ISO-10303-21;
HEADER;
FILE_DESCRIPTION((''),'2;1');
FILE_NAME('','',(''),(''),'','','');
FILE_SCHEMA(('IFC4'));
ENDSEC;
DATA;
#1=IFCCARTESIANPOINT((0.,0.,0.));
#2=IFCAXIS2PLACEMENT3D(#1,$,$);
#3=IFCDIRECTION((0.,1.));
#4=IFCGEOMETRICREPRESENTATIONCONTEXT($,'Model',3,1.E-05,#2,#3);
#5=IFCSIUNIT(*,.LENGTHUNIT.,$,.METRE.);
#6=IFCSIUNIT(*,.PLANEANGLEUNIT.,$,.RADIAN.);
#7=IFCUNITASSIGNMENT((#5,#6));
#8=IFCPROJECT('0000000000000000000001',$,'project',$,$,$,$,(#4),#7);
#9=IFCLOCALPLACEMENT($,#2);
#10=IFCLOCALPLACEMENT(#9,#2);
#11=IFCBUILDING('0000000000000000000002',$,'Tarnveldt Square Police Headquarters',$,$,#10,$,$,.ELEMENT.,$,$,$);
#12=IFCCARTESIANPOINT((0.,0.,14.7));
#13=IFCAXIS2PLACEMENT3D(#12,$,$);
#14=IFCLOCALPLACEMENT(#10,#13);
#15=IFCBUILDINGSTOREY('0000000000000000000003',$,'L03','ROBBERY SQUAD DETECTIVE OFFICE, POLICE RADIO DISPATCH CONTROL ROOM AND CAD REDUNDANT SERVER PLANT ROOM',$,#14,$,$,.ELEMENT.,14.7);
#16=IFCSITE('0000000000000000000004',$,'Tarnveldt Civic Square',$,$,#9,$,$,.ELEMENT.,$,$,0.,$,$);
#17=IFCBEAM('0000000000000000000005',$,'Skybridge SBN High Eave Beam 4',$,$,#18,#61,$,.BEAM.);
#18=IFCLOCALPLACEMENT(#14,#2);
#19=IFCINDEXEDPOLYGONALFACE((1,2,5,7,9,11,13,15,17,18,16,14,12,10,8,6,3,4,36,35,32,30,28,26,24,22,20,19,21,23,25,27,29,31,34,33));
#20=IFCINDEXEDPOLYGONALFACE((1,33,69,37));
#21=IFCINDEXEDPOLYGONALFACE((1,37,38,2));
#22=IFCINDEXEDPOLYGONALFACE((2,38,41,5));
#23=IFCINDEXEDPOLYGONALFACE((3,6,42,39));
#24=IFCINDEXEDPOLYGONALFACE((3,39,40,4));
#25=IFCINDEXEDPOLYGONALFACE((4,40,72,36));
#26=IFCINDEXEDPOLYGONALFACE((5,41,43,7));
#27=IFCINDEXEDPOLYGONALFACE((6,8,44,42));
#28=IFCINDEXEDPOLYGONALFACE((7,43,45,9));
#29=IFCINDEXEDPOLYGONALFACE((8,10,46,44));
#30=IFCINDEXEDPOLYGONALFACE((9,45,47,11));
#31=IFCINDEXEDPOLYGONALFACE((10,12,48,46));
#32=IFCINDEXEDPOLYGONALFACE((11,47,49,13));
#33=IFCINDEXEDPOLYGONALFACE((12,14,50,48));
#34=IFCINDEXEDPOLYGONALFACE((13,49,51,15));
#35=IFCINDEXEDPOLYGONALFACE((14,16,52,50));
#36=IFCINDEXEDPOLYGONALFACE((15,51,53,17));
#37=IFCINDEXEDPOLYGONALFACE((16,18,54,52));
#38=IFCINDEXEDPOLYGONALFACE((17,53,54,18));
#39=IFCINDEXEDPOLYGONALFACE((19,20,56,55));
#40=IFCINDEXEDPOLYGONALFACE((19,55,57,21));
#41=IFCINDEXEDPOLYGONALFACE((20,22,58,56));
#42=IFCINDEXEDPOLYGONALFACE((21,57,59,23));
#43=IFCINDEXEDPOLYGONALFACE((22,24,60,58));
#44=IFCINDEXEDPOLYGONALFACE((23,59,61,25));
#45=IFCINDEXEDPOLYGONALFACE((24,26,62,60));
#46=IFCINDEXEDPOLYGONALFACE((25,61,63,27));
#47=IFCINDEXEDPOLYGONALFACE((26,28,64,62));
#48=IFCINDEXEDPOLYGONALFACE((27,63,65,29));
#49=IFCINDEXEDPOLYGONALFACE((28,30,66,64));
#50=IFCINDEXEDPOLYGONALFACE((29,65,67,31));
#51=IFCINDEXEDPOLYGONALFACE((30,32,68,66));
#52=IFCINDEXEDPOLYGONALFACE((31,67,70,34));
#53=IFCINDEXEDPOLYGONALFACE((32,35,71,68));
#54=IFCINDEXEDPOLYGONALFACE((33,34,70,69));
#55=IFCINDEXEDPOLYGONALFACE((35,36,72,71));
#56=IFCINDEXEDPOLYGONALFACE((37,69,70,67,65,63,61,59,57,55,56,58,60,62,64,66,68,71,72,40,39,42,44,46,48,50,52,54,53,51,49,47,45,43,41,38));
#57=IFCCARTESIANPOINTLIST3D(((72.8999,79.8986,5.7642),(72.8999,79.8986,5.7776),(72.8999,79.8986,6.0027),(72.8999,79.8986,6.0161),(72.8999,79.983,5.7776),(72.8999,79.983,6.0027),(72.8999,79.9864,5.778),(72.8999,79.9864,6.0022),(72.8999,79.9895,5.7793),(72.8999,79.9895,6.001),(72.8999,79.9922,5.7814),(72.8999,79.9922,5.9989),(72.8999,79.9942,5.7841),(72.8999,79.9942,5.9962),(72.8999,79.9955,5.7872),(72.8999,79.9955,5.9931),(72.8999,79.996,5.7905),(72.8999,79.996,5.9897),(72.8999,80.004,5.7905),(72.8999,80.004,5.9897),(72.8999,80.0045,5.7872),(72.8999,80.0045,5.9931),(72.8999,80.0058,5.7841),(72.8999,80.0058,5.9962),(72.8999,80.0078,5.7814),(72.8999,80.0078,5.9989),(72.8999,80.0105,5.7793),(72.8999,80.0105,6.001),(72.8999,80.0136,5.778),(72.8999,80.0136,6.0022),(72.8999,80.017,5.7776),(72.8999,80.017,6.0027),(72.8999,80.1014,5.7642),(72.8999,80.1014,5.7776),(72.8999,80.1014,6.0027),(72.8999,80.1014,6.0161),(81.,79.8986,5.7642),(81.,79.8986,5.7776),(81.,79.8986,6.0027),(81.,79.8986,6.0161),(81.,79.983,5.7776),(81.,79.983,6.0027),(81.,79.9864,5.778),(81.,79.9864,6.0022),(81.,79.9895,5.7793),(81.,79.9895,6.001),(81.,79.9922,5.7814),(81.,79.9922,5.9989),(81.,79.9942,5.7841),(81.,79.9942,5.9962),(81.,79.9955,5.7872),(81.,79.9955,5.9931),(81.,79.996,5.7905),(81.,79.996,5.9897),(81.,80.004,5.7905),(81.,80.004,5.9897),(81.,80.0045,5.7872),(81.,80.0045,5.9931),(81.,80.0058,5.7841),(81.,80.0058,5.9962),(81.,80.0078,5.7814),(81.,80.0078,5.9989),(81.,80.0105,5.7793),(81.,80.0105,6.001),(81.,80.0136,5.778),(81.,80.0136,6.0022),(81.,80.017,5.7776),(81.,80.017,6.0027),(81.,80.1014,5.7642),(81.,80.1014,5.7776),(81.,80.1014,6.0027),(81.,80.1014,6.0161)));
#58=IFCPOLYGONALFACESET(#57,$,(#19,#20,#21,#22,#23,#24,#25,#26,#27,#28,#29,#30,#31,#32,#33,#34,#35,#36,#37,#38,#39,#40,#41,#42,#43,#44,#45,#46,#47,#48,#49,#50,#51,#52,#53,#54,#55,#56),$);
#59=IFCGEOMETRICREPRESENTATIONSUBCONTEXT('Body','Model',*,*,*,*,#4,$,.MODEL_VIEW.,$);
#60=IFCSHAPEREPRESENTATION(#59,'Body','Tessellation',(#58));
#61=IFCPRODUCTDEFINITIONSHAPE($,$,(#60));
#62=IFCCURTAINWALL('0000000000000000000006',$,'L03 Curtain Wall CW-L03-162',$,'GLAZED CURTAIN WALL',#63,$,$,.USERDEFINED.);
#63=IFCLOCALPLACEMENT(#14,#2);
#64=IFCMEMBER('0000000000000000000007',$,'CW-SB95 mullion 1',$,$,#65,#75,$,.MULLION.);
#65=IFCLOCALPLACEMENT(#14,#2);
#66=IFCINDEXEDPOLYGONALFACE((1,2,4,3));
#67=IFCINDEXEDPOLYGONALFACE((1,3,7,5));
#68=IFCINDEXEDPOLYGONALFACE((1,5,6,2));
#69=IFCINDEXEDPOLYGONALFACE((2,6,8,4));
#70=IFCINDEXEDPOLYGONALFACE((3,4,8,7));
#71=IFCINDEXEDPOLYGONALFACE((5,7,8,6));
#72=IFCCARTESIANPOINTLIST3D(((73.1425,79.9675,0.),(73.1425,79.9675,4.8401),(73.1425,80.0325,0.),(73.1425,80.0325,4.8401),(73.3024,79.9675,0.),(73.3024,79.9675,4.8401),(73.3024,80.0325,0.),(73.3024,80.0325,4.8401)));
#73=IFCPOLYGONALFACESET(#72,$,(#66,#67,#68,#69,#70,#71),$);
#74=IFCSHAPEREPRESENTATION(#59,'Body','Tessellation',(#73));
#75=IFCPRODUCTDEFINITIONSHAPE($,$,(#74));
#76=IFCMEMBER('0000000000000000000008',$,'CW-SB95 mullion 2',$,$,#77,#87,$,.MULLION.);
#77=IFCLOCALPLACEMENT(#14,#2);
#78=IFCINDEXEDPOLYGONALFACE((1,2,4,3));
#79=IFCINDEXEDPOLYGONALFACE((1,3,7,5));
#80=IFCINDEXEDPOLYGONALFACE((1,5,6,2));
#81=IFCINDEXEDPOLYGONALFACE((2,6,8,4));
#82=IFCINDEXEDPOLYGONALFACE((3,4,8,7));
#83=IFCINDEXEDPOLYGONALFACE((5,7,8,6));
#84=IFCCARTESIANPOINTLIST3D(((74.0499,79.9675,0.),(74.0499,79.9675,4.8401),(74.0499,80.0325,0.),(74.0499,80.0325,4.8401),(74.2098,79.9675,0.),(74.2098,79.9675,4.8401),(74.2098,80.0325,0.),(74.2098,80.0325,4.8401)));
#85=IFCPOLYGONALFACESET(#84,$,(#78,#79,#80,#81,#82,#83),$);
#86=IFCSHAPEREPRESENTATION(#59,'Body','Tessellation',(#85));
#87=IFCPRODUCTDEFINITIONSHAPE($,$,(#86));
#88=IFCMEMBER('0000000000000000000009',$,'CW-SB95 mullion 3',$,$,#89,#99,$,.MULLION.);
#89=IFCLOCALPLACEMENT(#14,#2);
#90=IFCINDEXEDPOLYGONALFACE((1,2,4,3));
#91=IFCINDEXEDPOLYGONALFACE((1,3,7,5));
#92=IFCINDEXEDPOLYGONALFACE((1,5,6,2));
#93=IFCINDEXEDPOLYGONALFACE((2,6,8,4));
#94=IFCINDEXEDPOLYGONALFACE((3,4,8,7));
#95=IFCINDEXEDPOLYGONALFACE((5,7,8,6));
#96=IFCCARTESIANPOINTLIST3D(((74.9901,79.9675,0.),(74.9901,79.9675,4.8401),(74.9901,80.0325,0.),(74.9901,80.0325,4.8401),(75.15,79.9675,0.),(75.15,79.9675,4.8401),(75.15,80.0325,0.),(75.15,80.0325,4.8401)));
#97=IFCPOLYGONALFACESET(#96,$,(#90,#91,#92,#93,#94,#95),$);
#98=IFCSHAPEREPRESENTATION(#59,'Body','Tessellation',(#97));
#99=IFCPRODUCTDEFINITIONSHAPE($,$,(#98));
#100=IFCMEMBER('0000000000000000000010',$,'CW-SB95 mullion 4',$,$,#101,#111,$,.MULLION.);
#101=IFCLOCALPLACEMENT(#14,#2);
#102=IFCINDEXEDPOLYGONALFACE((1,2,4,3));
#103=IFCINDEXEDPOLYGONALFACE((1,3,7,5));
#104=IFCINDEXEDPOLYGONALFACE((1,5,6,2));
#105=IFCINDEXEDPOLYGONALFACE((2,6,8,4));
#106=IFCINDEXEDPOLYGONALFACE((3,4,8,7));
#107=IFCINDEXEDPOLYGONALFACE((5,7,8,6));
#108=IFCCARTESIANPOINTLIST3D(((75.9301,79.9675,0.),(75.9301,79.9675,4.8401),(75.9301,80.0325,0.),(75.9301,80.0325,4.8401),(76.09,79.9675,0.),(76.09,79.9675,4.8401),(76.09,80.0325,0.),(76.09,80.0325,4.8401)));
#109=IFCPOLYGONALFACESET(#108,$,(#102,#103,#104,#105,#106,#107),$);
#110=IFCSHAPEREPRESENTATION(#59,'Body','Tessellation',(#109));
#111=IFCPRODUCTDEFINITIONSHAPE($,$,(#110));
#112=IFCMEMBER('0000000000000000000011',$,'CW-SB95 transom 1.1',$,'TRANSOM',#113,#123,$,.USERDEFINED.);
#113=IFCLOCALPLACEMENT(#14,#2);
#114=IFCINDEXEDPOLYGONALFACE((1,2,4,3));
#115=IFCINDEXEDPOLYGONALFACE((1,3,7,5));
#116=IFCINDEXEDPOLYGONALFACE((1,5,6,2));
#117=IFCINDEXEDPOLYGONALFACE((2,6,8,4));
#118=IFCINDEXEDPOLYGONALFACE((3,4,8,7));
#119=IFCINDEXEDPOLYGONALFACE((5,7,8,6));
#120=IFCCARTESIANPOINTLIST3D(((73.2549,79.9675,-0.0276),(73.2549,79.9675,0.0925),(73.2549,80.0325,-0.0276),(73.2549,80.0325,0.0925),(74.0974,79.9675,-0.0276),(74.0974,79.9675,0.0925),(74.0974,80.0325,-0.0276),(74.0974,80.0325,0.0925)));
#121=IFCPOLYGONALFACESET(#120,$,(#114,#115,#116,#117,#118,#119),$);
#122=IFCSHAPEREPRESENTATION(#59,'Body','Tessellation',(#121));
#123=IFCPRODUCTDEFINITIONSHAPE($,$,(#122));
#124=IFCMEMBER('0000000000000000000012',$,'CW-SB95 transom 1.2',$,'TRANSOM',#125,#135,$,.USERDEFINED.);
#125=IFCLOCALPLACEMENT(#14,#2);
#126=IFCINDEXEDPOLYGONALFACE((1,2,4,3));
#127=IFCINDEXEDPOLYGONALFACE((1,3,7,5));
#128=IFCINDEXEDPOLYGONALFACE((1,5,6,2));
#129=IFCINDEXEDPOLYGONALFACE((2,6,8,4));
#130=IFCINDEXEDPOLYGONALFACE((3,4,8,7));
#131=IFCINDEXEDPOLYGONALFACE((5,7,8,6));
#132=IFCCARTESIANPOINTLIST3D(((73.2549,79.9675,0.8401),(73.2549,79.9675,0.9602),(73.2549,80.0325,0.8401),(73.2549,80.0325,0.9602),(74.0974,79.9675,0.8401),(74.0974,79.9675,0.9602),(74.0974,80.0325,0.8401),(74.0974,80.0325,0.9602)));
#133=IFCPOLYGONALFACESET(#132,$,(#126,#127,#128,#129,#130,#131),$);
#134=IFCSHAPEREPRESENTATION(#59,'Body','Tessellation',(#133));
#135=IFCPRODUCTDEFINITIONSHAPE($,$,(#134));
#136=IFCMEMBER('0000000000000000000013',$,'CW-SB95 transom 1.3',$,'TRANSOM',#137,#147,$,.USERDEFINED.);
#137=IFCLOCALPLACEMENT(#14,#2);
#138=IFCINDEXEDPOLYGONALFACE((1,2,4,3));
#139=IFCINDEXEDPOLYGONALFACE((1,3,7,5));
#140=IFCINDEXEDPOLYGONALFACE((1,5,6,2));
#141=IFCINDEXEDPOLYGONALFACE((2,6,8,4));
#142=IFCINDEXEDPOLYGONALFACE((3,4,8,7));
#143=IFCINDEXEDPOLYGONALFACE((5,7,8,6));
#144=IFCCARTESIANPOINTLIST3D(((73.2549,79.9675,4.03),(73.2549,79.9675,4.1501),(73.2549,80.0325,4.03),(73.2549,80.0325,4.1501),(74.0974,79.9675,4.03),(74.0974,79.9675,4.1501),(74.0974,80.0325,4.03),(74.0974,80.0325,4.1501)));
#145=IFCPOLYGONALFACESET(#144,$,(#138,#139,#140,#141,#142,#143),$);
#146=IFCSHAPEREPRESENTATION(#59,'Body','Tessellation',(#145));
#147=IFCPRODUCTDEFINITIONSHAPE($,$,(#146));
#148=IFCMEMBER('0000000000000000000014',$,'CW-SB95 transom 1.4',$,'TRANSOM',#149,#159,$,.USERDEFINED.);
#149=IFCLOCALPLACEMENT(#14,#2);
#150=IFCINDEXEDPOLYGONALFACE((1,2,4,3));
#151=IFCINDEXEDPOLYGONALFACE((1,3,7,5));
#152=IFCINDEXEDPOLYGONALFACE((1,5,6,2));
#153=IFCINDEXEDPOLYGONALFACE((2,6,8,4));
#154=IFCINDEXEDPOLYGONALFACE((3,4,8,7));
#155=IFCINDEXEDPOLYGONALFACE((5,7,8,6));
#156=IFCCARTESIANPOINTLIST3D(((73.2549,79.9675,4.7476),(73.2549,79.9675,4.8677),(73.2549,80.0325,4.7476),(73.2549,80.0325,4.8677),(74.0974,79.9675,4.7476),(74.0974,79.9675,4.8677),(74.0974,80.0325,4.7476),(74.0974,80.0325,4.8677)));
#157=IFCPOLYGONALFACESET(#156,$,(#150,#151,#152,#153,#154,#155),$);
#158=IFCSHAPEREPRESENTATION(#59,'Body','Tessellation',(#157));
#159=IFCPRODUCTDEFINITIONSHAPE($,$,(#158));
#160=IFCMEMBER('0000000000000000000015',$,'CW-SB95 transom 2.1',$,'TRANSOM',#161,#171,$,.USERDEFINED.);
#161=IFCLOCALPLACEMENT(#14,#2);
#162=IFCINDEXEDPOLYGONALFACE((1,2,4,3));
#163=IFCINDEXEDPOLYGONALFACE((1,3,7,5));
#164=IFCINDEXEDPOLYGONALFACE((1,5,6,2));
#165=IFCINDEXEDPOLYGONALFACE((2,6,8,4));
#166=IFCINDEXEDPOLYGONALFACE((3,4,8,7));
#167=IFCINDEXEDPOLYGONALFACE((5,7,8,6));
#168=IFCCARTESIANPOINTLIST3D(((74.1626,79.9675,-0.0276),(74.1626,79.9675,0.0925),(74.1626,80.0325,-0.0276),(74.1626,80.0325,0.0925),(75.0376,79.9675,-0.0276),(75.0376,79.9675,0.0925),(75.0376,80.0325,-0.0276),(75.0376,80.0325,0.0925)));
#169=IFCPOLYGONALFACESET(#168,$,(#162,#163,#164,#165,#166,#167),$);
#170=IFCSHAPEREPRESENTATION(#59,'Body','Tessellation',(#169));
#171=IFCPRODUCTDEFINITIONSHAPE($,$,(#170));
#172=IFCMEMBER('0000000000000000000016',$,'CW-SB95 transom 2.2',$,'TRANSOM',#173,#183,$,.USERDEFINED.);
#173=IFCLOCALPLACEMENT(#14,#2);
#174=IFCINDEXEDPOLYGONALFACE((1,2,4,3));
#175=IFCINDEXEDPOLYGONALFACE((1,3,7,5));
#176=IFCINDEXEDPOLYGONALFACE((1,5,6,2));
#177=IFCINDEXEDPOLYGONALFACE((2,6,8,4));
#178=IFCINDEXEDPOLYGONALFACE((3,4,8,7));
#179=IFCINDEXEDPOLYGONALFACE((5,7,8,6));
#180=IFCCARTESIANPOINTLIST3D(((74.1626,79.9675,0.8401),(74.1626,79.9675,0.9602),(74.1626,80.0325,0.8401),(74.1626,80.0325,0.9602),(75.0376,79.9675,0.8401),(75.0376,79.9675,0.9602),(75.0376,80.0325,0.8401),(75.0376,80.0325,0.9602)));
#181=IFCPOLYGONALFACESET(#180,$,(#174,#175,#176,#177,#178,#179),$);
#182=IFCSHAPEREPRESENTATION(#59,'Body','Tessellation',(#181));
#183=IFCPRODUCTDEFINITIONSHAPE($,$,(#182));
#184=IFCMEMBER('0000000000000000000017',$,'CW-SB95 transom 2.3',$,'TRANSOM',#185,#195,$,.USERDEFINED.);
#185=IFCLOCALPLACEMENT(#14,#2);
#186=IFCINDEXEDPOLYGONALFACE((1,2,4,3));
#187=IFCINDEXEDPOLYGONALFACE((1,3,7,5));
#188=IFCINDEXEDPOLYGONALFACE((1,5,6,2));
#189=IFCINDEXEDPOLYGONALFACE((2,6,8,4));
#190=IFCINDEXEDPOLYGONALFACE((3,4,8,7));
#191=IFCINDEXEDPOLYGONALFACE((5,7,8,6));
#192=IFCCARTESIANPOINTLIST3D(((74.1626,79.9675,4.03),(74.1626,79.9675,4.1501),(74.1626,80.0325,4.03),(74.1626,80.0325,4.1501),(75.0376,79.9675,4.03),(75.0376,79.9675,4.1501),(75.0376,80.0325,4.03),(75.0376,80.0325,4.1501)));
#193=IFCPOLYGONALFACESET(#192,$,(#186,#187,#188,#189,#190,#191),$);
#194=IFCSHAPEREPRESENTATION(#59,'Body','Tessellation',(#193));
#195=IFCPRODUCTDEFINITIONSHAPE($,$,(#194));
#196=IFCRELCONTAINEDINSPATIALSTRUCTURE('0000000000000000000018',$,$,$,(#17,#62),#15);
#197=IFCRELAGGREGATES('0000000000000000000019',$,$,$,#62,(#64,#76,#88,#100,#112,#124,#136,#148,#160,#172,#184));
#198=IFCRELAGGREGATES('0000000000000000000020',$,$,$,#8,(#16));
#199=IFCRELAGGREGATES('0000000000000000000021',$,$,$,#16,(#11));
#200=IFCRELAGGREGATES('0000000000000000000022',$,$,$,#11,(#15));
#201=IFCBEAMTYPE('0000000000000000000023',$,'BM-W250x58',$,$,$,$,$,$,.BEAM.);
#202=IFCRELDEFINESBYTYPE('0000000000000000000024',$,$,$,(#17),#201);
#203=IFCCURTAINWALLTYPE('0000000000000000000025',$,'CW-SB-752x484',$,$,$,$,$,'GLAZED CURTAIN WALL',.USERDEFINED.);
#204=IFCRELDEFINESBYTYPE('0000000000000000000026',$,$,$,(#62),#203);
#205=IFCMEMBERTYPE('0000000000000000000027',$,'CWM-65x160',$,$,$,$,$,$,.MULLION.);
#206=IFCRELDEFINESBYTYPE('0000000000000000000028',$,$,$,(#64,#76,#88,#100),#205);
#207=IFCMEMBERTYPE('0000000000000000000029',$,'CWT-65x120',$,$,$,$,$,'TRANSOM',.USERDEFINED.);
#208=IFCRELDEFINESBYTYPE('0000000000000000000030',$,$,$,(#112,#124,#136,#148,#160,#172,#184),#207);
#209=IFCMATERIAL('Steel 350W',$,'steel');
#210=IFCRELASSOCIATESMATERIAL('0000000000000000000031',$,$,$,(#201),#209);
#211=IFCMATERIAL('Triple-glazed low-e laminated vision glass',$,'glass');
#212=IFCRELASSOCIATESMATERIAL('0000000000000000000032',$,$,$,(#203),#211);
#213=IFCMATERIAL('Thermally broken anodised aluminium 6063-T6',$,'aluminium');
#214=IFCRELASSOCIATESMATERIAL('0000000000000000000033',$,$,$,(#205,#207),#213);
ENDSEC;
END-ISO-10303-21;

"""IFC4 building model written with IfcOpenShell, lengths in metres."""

from ifc_helpers import new_model, si_unit, direction, frame, origin, origin_2d, place, context, subcontext, project, spatial, rectangle, i_section, extrude, material, material_profile, profile_set, type_object, element, aggregate, save


model = new_model("IFC4")

# Units and contexts
model_context = context("Model", 3, precision=1e-05, world=origin(), true_north=direction((0.0, 1.0)))
body_context = subcontext(model_context, "Body", "Model", "MODEL_VIEW")
ifc_project = project(units=[si_unit("LENGTHUNIT", "METRE"), si_unit("PLANEANGLEUNIT", "RADIAN")], contexts=[model_context])

# Site, building, storey
site_placement = place(None, origin())
site = spatial("IfcSite", under=ifc_project, at=site_placement, Name="Tarnveldt Civic Square", CompositionType="ELEMENT", RefElevation=0.0)
building_placement = place(site_placement, origin())
building = spatial("IfcBuilding", under=site, at=building_placement, Name="Tarnveldt Square Police Headquarters", CompositionType="ELEMENT")
storey_placement = place(building_placement, frame((0.0, 0.0, 14.7)))
storey = spatial("IfcBuildingStorey", under=building, at=storey_placement, Name="L03", Description="ROBBERY SQUAD DETECTIVE OFFICE, POLICE RADIO DISPATCH CONTROL ROOM AND CAD REDUNDANT SERVER PLANT ROOM", CompositionType="ELEMENT", Elevation=14.7)

# Beam
ifc_material_1 = material(Name="Steel 350W", Category="steel")
ifc_material_profile_1 = material_profile(ifc_material_1, i_section(OverallWidth=0.2029, OverallDepth=0.252, WebThickness=0.0081, FlangeThickness=0.0134, FilletRadius=0.0129, at=origin_2d()), Name="W250x58")
ifc_profile_set_1 = profile_set([ifc_material_profile_1], Name="Steel 350W")
beam_type = type_object("IfcBeamType", Name="BM-W250x58", PredefinedType="BEAM", material=ifc_profile_set_1)
beam_placement = place(storey_placement, frame((72.8999, 80.0, 5.8901), z_axis=(1.0, 0.0, 0.0), x_axis=(0.0, 1.0, 0.0)))
element("IfcBeam", 1, at=beam_placement, inside=storey, type_object=beam_type, Name="Skybridge SBN High Eave Beam 4", PredefinedType="BEAM", context=body_context, shape_type="SweptSolid", body=[
    extrude(i_section(OverallWidth=0.2029, OverallDepth=0.252, WebThickness=0.0081, FlangeThickness=0.0134, FilletRadius=0.0129, at=origin_2d()), origin(), (0.0, 0.0, 1.0), 8.1001),
])

# Curtain wall, members
ifc_material_2 = material(Name="Triple-glazed low-e laminated vision glass", Category="glass")
curtain_wall_type = type_object("IfcCurtainWallType", Name="CW-SB-752x484", ElementType="GLAZED CURTAIN WALL", PredefinedType="USERDEFINED", material=ifc_material_2)
curtain_wall_placement = place(storey_placement, origin())
curtain_wall = element("IfcCurtainWall", 2, at=curtain_wall_placement, inside=storey, type_object=curtain_wall_type, Name="L03 Curtain Wall CW-L03-162", ObjectType="GLAZED CURTAIN WALL", PredefinedType="USERDEFINED")
ifc_material_3 = material(Name="Thermally broken anodised aluminium 6063-T6", Category="aluminium")
ifc_material_profile_2 = material_profile(ifc_material_3, rectangle(XDim=0.0649, YDim=0.1599, at=origin_2d()), Name="CW-M65x160")
ifc_profile_set_2 = profile_set([ifc_material_profile_2], Name="Thermally broken anodised aluminium 6063-T6")
member_type_1 = type_object("IfcMemberType", Name="CWM-65x160", PredefinedType="MULLION", material=ifc_profile_set_2)
member_1_placement = place(storey_placement, frame((73.2224, 80.0, 0.0), z_axis=(0.0, 0.0, 1.0), x_axis=(0.0, 1.0, 0.0)))
member_1 = element("IfcMember", 3, at=member_1_placement, type_object=member_type_1, Name="CW-SB95 mullion 1", PredefinedType="MULLION", context=body_context, shape_type="SweptSolid", body=[
    extrude(rectangle(XDim=0.0649, YDim=0.1599, at=origin_2d()), origin(), (0.0, 0.0, 1.0), 4.8401),
])
member_2_placement = place(storey_placement, frame((74.1299, 80.0, 0.0), z_axis=(0.0, 0.0, 1.0), x_axis=(0.0, 1.0, 0.0)))
member_2 = element("IfcMember", 4, at=member_2_placement, type_object=member_type_1, Name="CW-SB95 mullion 2", PredefinedType="MULLION", context=body_context, shape_type="SweptSolid", body=[
    extrude(rectangle(XDim=0.0649, YDim=0.1599, at=origin_2d()), origin(), (0.0, 0.0, 1.0), 4.8401),
])
member_3_placement = place(storey_placement, frame((75.0701, 80.0, 0.0), z_axis=(0.0, 0.0, 1.0), x_axis=(0.0, 1.0, 0.0)))
member_3 = element("IfcMember", 5, at=member_3_placement, type_object=member_type_1, Name="CW-SB95 mullion 3", PredefinedType="MULLION", context=body_context, shape_type="SweptSolid", body=[
    extrude(rectangle(XDim=0.0649, YDim=0.1599, at=origin_2d()), origin(), (0.0, 0.0, 1.0), 4.8401),
])
member_4_placement = place(storey_placement, frame((76.01, 80.0, 0.0), z_axis=(0.0, 0.0, 1.0), x_axis=(0.0, 1.0, 0.0)))
member_4 = element("IfcMember", 6, at=member_4_placement, type_object=member_type_1, Name="CW-SB95 mullion 4", PredefinedType="MULLION", context=body_context, shape_type="SweptSolid", body=[
    extrude(rectangle(XDim=0.0649, YDim=0.1599, at=origin_2d()), origin(), (0.0, 0.0, 1.0), 4.8401),
])
ifc_material_profile_3 = material_profile(ifc_material_3, rectangle(XDim=0.0649, YDim=0.1201, at=origin_2d()), Name="CW-T65x120")
ifc_profile_set_3 = profile_set([ifc_material_profile_3], Name="Thermally broken anodised aluminium 6063-T6")
member_type_2 = type_object("IfcMemberType", Name="CWT-65x120", ElementType="TRANSOM", PredefinedType="USERDEFINED", material=ifc_profile_set_3)
member_5_placement = place(storey_placement, frame((73.2549, 80.0, 0.0325), z_axis=(1.0, 0.0, 0.0), x_axis=(0.0, 1.0, 0.0)))
member_5 = element("IfcMember", 7, at=member_5_placement, type_object=member_type_2, Name="CW-SB95 transom 1.1", ObjectType="TRANSOM", PredefinedType="USERDEFINED", context=body_context, shape_type="SweptSolid", body=[
    extrude(rectangle(XDim=0.0649, YDim=0.1201, at=origin_2d()), origin(), (0.0, 0.0, 1.0), 0.8425),
])
member_6_placement = place(storey_placement, frame((73.2549, 80.0, 0.9001), z_axis=(1.0, 0.0, 0.0), x_axis=(0.0, 1.0, 0.0)))
member_6 = element("IfcMember", 8, at=member_6_placement, type_object=member_type_2, Name="CW-SB95 transom 1.2", ObjectType="TRANSOM", PredefinedType="USERDEFINED", context=body_context, shape_type="SweptSolid", body=[
    extrude(rectangle(XDim=0.0649, YDim=0.1201, at=origin_2d()), origin(), (0.0, 0.0, 1.0), 0.8425),
])
member_7_placement = place(storey_placement, frame((73.2549, 80.0, 4.0901), z_axis=(1.0, 0.0, 0.0), x_axis=(0.0, 1.0, 0.0)))
member_7 = element("IfcMember", 9, at=member_7_placement, type_object=member_type_2, Name="CW-SB95 transom 1.3", ObjectType="TRANSOM", PredefinedType="USERDEFINED", context=body_context, shape_type="SweptSolid", body=[
    extrude(rectangle(XDim=0.0649, YDim=0.1201, at=origin_2d()), origin(), (0.0, 0.0, 1.0), 0.8425),
])
member_8_placement = place(storey_placement, frame((73.2549, 80.0, 4.8076), z_axis=(1.0, 0.0, 0.0), x_axis=(0.0, 1.0, 0.0)))
member_8 = element("IfcMember", 10, at=member_8_placement, type_object=member_type_2, Name="CW-SB95 transom 1.4", ObjectType="TRANSOM", PredefinedType="USERDEFINED", context=body_context, shape_type="SweptSolid", body=[
    extrude(rectangle(XDim=0.0649, YDim=0.1201, at=origin_2d()), origin(), (0.0, 0.0, 1.0), 0.8425),
])
member_9_placement = place(storey_placement, frame((74.1626, 80.0, 0.0325), z_axis=(1.0, 0.0, 0.0), x_axis=(0.0, 1.0, 0.0)))
member_9 = element("IfcMember", 11, at=member_9_placement, type_object=member_type_2, Name="CW-SB95 transom 2.1", ObjectType="TRANSOM", PredefinedType="USERDEFINED", context=body_context, shape_type="SweptSolid", body=[
    extrude(rectangle(XDim=0.0649, YDim=0.1201, at=origin_2d()), origin(), (0.0, 0.0, 1.0), 0.875),
])
member_10_placement = place(storey_placement, frame((74.1626, 80.0, 0.9001), z_axis=(1.0, 0.0, 0.0), x_axis=(0.0, 1.0, 0.0)))
member_10 = element("IfcMember", 12, at=member_10_placement, type_object=member_type_2, Name="CW-SB95 transom 2.2", ObjectType="TRANSOM", PredefinedType="USERDEFINED", context=body_context, shape_type="SweptSolid", body=[
    extrude(rectangle(XDim=0.0649, YDim=0.1201, at=origin_2d()), origin(), (0.0, 0.0, 1.0), 0.875),
])
member_11_placement = place(storey_placement, frame((74.1626, 80.0, 4.0901), z_axis=(1.0, 0.0, 0.0), x_axis=(0.0, 1.0, 0.0)))
member_11 = element("IfcMember", 13, at=member_11_placement, type_object=member_type_2, Name="CW-SB95 transom 2.3", ObjectType="TRANSOM", PredefinedType="USERDEFINED", context=body_context, shape_type="SweptSolid", body=[
    extrude(rectangle(XDim=0.0649, YDim=0.1201, at=origin_2d()), origin(), (0.0, 0.0, 1.0), 0.875),
])

aggregate(curtain_wall, [member_1, member_2, member_3, member_4, member_5, member_6, member_7, member_8, member_9, member_10, member_11])

save(model, "model.ifc")
